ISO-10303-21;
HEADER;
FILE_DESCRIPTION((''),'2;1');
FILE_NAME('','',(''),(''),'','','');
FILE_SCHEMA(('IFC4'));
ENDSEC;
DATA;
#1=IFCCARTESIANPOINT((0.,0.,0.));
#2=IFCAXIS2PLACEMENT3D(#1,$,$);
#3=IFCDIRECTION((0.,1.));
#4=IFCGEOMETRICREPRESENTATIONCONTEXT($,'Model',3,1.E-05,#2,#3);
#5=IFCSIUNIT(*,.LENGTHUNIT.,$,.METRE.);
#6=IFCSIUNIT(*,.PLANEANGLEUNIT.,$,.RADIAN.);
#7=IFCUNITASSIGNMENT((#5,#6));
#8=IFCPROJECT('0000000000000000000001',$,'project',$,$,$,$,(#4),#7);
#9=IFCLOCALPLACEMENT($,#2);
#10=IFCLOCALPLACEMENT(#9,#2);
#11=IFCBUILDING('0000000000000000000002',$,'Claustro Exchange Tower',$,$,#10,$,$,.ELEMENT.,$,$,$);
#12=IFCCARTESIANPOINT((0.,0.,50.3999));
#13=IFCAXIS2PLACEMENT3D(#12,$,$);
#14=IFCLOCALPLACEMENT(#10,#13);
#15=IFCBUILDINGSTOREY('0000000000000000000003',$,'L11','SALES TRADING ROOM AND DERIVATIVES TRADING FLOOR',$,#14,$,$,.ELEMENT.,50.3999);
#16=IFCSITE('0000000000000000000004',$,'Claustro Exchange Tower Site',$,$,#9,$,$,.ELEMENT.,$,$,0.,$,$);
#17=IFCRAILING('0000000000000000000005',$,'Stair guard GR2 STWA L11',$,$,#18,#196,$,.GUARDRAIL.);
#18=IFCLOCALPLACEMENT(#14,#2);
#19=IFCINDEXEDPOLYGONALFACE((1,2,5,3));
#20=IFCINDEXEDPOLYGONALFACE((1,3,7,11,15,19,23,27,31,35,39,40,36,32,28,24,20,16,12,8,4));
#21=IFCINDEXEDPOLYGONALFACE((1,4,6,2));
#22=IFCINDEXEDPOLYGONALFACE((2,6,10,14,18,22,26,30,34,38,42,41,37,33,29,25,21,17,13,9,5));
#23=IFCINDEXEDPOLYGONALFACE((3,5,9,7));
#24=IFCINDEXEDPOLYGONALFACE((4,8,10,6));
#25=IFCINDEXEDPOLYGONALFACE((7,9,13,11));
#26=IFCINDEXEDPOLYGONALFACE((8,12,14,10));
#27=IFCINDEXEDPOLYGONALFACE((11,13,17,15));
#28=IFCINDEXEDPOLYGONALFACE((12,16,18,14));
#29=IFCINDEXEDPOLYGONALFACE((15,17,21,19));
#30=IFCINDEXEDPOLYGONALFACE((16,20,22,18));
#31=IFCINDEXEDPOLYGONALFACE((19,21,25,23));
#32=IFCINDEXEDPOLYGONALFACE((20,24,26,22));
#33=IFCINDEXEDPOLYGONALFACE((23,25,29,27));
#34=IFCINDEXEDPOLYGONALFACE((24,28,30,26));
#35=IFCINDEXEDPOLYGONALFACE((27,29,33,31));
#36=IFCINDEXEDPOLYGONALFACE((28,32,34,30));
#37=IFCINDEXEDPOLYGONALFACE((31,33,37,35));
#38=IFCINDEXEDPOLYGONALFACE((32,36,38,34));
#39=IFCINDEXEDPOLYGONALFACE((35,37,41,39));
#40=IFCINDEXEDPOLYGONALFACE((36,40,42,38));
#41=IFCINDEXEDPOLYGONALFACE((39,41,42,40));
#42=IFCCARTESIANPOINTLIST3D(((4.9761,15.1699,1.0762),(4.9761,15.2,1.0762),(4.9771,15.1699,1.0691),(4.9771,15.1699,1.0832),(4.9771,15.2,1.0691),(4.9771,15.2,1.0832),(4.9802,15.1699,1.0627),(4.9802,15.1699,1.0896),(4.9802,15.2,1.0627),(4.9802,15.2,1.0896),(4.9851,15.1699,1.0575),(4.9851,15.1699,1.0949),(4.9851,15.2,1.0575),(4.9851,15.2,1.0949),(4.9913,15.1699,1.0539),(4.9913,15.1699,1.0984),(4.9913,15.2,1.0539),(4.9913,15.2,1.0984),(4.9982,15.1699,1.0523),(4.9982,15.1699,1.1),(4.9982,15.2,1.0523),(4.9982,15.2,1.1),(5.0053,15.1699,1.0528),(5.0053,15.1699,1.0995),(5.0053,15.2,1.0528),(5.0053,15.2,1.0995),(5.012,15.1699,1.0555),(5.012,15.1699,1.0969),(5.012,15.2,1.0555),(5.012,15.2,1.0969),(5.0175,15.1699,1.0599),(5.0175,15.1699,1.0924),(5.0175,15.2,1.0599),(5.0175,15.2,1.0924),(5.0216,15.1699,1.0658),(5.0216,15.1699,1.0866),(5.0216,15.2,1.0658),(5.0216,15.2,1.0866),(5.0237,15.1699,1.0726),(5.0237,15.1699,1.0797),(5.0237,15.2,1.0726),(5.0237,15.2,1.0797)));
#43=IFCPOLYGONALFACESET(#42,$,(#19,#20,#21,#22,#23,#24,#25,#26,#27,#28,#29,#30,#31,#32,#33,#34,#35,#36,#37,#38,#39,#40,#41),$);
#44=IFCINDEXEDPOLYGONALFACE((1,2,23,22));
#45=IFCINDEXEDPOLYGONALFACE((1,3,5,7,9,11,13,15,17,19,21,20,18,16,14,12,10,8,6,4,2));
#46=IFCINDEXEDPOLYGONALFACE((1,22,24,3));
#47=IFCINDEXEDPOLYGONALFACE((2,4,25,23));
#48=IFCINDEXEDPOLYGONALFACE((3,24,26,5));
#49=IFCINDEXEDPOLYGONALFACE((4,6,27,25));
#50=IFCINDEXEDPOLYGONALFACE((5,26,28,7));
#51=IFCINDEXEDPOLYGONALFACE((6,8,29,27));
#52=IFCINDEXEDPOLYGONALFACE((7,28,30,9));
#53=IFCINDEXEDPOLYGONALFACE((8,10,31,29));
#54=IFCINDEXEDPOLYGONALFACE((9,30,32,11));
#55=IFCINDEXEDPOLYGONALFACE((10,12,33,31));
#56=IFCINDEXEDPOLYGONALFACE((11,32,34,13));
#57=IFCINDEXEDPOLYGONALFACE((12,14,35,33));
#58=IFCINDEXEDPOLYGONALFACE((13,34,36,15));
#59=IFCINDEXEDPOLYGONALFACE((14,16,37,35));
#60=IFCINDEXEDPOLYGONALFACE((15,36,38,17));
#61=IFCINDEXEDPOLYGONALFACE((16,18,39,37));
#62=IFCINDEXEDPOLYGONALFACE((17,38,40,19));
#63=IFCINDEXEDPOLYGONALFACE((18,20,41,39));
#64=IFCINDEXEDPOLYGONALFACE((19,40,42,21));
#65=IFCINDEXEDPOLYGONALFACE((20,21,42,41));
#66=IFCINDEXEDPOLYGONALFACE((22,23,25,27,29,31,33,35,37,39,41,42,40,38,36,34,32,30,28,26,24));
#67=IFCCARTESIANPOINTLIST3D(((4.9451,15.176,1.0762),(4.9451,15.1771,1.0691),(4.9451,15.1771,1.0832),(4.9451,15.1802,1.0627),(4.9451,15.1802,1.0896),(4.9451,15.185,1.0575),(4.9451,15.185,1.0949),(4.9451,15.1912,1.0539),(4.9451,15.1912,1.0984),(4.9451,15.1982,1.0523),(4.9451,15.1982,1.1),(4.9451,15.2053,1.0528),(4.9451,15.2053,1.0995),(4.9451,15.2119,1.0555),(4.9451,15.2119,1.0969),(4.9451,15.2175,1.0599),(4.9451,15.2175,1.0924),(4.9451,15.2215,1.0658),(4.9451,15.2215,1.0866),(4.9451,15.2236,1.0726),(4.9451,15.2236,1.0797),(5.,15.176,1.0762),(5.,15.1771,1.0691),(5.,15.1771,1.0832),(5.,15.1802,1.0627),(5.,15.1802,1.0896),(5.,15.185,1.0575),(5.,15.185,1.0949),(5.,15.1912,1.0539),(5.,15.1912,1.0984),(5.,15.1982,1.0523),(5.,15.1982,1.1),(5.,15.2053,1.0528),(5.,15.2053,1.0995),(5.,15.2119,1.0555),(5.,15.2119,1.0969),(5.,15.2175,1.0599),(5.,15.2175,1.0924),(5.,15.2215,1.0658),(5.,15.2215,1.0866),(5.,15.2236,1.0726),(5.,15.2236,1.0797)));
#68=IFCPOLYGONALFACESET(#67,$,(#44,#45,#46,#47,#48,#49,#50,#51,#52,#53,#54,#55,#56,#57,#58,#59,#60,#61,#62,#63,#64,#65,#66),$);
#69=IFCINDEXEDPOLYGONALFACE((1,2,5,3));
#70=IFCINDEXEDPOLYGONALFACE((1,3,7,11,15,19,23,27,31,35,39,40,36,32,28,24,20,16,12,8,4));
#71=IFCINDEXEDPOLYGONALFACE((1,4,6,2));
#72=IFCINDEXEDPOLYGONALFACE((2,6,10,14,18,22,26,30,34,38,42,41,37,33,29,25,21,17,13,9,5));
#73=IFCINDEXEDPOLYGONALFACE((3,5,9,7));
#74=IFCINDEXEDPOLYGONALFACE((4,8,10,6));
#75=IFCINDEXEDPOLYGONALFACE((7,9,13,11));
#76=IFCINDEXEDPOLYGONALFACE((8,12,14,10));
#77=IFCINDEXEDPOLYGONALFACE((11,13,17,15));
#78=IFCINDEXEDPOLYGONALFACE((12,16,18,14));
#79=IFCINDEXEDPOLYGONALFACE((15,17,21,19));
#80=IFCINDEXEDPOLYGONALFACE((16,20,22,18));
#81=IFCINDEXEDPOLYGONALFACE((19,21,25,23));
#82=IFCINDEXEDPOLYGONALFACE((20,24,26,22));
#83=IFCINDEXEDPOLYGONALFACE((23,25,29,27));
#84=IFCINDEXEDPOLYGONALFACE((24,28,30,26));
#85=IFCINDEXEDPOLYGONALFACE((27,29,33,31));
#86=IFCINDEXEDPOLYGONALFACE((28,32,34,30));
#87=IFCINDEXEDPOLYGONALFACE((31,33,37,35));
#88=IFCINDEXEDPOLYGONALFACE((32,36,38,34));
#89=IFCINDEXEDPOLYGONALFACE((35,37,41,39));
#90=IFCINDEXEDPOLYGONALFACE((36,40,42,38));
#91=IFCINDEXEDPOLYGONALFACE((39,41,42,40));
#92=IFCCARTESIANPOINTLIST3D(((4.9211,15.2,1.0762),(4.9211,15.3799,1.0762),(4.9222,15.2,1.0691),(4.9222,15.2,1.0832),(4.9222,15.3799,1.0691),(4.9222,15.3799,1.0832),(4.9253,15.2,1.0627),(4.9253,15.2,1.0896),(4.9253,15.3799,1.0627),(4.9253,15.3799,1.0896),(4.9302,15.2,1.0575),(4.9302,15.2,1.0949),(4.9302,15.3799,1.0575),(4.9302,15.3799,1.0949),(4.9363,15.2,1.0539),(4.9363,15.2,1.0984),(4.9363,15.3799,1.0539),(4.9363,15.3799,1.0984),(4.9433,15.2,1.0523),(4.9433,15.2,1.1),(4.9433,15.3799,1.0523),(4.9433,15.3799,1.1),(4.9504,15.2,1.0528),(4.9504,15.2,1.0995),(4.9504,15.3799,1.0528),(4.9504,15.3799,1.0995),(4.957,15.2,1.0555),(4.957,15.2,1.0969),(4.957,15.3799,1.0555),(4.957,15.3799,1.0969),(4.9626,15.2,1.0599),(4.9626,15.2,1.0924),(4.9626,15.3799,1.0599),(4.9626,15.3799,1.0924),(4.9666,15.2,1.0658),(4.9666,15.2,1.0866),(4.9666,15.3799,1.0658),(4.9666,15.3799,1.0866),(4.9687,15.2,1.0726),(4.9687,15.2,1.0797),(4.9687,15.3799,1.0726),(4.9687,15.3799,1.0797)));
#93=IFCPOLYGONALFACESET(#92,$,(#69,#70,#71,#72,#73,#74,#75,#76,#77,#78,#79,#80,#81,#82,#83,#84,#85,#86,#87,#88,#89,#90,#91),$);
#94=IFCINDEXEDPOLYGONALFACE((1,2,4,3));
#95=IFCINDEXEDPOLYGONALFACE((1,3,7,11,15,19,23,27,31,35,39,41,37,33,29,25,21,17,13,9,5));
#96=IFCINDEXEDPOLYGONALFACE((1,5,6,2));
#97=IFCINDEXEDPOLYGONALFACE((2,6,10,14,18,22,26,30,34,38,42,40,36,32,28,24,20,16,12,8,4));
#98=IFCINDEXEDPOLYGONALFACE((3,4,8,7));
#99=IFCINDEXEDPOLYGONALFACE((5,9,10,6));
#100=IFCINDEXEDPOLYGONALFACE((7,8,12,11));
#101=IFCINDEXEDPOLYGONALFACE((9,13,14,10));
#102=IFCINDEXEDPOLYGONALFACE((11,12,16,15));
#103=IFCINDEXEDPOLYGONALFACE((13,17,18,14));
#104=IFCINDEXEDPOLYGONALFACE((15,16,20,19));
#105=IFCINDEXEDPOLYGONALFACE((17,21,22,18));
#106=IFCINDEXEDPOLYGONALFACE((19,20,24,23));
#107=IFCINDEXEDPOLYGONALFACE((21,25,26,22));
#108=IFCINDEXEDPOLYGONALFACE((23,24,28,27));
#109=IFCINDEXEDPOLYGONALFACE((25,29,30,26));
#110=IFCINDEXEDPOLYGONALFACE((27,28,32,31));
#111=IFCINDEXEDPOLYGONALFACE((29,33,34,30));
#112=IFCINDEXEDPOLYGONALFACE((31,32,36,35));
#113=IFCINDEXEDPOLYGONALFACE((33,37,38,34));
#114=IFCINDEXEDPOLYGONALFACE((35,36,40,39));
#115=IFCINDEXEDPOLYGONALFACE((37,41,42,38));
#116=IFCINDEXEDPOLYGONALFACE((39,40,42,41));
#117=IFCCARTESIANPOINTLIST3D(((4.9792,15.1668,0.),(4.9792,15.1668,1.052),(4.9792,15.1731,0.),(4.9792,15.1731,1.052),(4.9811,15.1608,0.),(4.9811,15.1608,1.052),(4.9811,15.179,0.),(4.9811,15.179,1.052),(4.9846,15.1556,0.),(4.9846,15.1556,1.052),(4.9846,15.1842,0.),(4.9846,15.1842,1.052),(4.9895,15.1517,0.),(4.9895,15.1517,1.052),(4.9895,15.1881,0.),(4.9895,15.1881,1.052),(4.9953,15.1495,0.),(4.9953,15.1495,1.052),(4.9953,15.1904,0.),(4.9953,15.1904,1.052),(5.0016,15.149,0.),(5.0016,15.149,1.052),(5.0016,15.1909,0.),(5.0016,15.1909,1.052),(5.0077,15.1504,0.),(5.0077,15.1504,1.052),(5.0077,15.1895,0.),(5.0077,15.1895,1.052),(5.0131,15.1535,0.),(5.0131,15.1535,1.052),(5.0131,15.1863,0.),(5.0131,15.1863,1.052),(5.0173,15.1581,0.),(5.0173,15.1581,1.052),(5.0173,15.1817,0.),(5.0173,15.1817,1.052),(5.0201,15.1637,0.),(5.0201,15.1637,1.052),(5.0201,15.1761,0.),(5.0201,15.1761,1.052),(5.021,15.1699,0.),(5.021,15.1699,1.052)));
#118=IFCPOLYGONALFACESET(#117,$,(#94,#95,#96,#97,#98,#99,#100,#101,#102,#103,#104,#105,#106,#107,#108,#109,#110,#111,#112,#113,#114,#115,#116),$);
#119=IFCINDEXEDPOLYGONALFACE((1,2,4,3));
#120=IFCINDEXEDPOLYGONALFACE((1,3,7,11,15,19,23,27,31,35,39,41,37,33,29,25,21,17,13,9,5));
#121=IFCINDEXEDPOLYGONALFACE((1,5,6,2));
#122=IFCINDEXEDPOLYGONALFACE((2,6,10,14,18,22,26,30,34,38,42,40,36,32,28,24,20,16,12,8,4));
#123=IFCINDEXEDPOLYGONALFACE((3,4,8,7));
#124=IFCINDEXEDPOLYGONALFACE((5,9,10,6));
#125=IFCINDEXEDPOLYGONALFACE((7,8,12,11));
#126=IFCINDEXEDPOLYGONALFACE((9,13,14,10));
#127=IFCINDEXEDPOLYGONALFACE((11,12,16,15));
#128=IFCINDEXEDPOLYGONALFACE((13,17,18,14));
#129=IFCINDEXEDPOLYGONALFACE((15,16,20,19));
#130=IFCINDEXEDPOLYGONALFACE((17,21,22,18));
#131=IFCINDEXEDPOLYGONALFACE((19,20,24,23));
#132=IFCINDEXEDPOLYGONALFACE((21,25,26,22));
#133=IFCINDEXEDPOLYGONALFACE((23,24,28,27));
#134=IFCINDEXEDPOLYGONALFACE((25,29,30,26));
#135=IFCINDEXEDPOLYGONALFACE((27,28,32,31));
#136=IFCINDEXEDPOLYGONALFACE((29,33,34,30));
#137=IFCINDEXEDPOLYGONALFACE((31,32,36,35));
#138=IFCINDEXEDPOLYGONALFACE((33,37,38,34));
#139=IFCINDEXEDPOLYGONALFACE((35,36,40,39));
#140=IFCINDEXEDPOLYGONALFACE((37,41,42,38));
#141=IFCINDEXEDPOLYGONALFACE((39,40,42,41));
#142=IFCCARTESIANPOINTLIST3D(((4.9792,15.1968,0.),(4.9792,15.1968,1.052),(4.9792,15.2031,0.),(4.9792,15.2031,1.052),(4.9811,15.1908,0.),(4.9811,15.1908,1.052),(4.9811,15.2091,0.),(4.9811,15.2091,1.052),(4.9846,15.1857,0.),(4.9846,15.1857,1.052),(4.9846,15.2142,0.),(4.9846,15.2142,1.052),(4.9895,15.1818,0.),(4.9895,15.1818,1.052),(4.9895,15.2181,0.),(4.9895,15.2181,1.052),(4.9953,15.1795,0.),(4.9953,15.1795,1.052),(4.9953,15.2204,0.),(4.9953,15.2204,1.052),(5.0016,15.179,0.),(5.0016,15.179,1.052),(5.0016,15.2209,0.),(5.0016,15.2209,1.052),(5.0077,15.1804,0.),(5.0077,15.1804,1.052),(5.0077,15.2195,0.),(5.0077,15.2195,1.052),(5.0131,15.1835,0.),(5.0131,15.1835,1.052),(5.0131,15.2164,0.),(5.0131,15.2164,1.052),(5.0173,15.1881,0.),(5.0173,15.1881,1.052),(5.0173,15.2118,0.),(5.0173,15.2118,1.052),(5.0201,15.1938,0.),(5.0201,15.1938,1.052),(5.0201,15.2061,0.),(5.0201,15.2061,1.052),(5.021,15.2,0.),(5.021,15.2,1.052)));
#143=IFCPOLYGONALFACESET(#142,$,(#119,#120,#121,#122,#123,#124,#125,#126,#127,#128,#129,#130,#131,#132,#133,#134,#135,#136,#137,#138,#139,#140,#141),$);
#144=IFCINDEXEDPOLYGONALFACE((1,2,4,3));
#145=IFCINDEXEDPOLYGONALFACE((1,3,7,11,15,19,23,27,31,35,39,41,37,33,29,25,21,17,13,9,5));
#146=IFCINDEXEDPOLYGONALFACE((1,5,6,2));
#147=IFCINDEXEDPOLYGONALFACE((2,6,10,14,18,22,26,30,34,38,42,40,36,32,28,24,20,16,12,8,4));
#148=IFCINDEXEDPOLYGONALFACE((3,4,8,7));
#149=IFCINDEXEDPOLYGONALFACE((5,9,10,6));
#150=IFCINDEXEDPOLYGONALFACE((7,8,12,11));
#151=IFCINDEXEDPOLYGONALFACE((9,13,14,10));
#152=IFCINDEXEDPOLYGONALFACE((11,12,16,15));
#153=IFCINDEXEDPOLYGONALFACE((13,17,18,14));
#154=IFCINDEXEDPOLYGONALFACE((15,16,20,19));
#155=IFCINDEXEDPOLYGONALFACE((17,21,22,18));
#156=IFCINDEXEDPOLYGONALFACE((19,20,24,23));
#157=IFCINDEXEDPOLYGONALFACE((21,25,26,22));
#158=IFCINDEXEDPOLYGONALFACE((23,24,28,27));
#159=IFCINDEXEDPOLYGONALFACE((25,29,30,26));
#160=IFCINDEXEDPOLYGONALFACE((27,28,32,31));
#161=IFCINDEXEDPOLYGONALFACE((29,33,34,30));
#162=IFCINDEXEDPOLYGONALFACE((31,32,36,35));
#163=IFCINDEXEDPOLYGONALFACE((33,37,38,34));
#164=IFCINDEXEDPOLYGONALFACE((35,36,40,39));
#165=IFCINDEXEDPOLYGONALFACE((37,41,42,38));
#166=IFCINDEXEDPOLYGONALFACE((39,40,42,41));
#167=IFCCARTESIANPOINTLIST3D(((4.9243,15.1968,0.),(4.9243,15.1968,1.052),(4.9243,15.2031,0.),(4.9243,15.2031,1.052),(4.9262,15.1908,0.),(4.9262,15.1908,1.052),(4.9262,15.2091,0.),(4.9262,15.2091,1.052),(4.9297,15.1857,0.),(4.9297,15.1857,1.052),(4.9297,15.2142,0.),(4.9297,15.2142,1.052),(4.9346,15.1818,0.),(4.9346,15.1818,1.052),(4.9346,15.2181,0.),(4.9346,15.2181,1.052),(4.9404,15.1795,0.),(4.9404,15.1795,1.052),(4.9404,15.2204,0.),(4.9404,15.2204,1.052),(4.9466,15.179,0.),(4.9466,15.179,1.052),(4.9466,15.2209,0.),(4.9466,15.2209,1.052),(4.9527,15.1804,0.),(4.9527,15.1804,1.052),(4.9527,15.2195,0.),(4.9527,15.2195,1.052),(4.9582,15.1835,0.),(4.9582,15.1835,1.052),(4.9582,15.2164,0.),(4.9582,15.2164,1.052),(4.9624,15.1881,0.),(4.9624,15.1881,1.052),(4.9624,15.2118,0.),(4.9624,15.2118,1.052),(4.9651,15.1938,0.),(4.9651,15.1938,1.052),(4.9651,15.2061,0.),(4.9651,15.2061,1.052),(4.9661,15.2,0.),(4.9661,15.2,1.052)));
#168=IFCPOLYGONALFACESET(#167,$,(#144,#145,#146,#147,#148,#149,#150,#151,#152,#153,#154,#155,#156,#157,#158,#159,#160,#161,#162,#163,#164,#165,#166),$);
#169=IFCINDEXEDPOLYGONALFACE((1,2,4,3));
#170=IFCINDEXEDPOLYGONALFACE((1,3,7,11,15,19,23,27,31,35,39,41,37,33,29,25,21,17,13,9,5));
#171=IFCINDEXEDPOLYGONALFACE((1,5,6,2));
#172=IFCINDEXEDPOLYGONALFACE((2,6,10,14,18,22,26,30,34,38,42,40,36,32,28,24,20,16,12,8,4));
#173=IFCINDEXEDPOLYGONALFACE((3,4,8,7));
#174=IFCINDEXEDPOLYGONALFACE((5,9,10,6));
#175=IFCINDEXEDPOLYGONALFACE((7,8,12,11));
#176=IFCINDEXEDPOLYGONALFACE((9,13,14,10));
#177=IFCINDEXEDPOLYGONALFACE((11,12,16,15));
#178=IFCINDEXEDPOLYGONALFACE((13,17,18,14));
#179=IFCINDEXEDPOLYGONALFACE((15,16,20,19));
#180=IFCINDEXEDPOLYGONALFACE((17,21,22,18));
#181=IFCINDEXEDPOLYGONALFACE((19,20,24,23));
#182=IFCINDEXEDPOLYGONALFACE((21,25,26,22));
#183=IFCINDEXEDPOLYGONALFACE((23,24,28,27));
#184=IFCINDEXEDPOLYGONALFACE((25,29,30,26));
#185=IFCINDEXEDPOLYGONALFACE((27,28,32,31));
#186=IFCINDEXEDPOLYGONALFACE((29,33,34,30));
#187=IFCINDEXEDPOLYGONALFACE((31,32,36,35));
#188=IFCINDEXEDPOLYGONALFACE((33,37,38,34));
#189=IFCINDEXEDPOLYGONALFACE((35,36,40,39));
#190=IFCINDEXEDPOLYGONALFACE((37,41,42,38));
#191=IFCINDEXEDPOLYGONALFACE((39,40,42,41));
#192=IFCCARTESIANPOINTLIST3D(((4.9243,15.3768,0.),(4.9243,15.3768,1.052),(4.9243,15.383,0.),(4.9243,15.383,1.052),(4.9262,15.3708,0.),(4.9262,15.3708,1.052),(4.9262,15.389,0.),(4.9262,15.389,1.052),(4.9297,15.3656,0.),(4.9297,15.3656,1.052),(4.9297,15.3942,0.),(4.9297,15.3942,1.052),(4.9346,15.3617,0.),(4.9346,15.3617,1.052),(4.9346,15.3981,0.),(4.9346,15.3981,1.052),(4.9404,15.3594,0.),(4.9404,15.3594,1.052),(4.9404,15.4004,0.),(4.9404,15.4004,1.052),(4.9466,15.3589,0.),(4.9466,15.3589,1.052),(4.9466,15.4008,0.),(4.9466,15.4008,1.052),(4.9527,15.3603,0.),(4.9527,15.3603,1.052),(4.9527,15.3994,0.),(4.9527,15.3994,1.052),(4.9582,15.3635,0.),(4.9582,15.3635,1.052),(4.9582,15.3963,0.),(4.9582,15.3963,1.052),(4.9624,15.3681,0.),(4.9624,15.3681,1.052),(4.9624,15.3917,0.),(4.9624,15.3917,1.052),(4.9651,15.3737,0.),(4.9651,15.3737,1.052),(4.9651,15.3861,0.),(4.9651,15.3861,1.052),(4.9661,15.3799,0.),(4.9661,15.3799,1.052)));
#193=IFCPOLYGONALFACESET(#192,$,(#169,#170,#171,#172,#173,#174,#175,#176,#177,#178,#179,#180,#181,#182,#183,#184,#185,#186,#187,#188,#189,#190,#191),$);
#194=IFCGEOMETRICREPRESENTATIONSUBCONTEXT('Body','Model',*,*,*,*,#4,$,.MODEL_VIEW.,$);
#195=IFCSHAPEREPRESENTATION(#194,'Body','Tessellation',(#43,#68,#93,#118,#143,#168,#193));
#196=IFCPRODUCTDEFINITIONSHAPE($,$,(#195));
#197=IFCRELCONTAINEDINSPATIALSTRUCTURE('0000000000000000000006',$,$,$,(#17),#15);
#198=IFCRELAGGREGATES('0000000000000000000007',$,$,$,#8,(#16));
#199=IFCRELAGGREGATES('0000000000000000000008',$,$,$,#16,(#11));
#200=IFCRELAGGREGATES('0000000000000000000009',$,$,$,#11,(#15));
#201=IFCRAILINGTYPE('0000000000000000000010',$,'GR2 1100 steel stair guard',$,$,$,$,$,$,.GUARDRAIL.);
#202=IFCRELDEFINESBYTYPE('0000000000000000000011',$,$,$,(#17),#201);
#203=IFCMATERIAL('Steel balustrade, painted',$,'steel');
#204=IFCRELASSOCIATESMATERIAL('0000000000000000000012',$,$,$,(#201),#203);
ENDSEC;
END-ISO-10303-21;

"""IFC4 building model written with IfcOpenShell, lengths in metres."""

from ifc_helpers import new_model, si_unit, direction, frame, origin, origin_2d, place, context, subcontext, project, spatial, circle, extrude, material, type_object, element, save


model = new_model("IFC4")

# Units and contexts
model_context = context("Model", 3, precision=1e-05, world=origin(), true_north=direction((0.0, 1.0)))
body_context = subcontext(model_context, "Body", "Model", "MODEL_VIEW")
ifc_project = project(units=[si_unit("LENGTHUNIT", "METRE"), si_unit("PLANEANGLEUNIT", "RADIAN")], contexts=[model_context])

# Site, building, storey
site_placement = place(None, origin())
site = spatial("IfcSite", under=ifc_project, at=site_placement, Name="Claustro Exchange Tower Site", CompositionType="ELEMENT", RefElevation=0.0)
building_placement = place(site_placement, origin())
building = spatial("IfcBuilding", under=site, at=building_placement, Name="Claustro Exchange Tower", CompositionType="ELEMENT")
storey_placement = place(building_placement, frame((0.0, 0.0, 50.3999)))
storey = spatial("IfcBuildingStorey", under=building, at=storey_placement, Name="L11", Description="SALES TRADING ROOM AND DERIVATIVES TRADING FLOOR", CompositionType="ELEMENT", Elevation=50.3999)

# Railing
ifc_material_1 = material(Name="Steel balustrade, painted", Category="steel")
railing_type_1 = type_object("IfcRailingType", Name="GR2 1100 steel stair guard", PredefinedType="GUARDRAIL", material=ifc_material_1)
railing_1_placement = place(storey_placement, frame((5.0, 15.1699, 0.0)))
element("IfcRailing", 1, at=railing_1_placement, inside=storey, type_object=railing_type_1, Name="Stair guard GR2 STWA L11", PredefinedType="GUARDRAIL", context=body_context, shape_type="SweptSolid", body=[
    extrude(circle(Radius=0.0239, at=origin_2d()), frame((0.0, 0.0, 1.0762), z_axis=(0.0, 1.0, 0.0), x_axis=(-1.0, 0.0, 0.0)), (0.0, 0.0, 1.0), 0.03),
    extrude(circle(Radius=0.0239, at=origin_2d()), frame((0.0, 0.03, 1.0762), z_axis=(-1.0, 0.0, 0.0), x_axis=(0.0, -1.0, 0.0)), (0.0, 0.0, 1.0), 0.0549),
    extrude(circle(Radius=0.0239, at=origin_2d()), frame((-0.0549, 0.03, 1.0762), z_axis=(0.0, 1.0, 0.0), x_axis=(-1.0, 0.0, 0.0)), (0.0, 0.0, 1.0), 0.1799),
    extrude(circle(Radius=0.021, at=origin_2d()), origin(), (0.0, 0.0, 1.0), 1.052),
    extrude(circle(Radius=0.021, at=origin_2d()), frame((0.0, 0.03, 0.0)), (0.0, 0.0, 1.0), 1.052),
    extrude(circle(Radius=0.021, at=origin_2d()), frame((-0.0549, 0.03, 0.0)), (0.0, 0.0, 1.0), 1.052),
    extrude(circle(Radius=0.021, at=origin_2d()), frame((-0.0549, 0.21, 0.0)), (0.0, 0.0, 1.0), 1.052),
])

save(model, "model.ifc")
